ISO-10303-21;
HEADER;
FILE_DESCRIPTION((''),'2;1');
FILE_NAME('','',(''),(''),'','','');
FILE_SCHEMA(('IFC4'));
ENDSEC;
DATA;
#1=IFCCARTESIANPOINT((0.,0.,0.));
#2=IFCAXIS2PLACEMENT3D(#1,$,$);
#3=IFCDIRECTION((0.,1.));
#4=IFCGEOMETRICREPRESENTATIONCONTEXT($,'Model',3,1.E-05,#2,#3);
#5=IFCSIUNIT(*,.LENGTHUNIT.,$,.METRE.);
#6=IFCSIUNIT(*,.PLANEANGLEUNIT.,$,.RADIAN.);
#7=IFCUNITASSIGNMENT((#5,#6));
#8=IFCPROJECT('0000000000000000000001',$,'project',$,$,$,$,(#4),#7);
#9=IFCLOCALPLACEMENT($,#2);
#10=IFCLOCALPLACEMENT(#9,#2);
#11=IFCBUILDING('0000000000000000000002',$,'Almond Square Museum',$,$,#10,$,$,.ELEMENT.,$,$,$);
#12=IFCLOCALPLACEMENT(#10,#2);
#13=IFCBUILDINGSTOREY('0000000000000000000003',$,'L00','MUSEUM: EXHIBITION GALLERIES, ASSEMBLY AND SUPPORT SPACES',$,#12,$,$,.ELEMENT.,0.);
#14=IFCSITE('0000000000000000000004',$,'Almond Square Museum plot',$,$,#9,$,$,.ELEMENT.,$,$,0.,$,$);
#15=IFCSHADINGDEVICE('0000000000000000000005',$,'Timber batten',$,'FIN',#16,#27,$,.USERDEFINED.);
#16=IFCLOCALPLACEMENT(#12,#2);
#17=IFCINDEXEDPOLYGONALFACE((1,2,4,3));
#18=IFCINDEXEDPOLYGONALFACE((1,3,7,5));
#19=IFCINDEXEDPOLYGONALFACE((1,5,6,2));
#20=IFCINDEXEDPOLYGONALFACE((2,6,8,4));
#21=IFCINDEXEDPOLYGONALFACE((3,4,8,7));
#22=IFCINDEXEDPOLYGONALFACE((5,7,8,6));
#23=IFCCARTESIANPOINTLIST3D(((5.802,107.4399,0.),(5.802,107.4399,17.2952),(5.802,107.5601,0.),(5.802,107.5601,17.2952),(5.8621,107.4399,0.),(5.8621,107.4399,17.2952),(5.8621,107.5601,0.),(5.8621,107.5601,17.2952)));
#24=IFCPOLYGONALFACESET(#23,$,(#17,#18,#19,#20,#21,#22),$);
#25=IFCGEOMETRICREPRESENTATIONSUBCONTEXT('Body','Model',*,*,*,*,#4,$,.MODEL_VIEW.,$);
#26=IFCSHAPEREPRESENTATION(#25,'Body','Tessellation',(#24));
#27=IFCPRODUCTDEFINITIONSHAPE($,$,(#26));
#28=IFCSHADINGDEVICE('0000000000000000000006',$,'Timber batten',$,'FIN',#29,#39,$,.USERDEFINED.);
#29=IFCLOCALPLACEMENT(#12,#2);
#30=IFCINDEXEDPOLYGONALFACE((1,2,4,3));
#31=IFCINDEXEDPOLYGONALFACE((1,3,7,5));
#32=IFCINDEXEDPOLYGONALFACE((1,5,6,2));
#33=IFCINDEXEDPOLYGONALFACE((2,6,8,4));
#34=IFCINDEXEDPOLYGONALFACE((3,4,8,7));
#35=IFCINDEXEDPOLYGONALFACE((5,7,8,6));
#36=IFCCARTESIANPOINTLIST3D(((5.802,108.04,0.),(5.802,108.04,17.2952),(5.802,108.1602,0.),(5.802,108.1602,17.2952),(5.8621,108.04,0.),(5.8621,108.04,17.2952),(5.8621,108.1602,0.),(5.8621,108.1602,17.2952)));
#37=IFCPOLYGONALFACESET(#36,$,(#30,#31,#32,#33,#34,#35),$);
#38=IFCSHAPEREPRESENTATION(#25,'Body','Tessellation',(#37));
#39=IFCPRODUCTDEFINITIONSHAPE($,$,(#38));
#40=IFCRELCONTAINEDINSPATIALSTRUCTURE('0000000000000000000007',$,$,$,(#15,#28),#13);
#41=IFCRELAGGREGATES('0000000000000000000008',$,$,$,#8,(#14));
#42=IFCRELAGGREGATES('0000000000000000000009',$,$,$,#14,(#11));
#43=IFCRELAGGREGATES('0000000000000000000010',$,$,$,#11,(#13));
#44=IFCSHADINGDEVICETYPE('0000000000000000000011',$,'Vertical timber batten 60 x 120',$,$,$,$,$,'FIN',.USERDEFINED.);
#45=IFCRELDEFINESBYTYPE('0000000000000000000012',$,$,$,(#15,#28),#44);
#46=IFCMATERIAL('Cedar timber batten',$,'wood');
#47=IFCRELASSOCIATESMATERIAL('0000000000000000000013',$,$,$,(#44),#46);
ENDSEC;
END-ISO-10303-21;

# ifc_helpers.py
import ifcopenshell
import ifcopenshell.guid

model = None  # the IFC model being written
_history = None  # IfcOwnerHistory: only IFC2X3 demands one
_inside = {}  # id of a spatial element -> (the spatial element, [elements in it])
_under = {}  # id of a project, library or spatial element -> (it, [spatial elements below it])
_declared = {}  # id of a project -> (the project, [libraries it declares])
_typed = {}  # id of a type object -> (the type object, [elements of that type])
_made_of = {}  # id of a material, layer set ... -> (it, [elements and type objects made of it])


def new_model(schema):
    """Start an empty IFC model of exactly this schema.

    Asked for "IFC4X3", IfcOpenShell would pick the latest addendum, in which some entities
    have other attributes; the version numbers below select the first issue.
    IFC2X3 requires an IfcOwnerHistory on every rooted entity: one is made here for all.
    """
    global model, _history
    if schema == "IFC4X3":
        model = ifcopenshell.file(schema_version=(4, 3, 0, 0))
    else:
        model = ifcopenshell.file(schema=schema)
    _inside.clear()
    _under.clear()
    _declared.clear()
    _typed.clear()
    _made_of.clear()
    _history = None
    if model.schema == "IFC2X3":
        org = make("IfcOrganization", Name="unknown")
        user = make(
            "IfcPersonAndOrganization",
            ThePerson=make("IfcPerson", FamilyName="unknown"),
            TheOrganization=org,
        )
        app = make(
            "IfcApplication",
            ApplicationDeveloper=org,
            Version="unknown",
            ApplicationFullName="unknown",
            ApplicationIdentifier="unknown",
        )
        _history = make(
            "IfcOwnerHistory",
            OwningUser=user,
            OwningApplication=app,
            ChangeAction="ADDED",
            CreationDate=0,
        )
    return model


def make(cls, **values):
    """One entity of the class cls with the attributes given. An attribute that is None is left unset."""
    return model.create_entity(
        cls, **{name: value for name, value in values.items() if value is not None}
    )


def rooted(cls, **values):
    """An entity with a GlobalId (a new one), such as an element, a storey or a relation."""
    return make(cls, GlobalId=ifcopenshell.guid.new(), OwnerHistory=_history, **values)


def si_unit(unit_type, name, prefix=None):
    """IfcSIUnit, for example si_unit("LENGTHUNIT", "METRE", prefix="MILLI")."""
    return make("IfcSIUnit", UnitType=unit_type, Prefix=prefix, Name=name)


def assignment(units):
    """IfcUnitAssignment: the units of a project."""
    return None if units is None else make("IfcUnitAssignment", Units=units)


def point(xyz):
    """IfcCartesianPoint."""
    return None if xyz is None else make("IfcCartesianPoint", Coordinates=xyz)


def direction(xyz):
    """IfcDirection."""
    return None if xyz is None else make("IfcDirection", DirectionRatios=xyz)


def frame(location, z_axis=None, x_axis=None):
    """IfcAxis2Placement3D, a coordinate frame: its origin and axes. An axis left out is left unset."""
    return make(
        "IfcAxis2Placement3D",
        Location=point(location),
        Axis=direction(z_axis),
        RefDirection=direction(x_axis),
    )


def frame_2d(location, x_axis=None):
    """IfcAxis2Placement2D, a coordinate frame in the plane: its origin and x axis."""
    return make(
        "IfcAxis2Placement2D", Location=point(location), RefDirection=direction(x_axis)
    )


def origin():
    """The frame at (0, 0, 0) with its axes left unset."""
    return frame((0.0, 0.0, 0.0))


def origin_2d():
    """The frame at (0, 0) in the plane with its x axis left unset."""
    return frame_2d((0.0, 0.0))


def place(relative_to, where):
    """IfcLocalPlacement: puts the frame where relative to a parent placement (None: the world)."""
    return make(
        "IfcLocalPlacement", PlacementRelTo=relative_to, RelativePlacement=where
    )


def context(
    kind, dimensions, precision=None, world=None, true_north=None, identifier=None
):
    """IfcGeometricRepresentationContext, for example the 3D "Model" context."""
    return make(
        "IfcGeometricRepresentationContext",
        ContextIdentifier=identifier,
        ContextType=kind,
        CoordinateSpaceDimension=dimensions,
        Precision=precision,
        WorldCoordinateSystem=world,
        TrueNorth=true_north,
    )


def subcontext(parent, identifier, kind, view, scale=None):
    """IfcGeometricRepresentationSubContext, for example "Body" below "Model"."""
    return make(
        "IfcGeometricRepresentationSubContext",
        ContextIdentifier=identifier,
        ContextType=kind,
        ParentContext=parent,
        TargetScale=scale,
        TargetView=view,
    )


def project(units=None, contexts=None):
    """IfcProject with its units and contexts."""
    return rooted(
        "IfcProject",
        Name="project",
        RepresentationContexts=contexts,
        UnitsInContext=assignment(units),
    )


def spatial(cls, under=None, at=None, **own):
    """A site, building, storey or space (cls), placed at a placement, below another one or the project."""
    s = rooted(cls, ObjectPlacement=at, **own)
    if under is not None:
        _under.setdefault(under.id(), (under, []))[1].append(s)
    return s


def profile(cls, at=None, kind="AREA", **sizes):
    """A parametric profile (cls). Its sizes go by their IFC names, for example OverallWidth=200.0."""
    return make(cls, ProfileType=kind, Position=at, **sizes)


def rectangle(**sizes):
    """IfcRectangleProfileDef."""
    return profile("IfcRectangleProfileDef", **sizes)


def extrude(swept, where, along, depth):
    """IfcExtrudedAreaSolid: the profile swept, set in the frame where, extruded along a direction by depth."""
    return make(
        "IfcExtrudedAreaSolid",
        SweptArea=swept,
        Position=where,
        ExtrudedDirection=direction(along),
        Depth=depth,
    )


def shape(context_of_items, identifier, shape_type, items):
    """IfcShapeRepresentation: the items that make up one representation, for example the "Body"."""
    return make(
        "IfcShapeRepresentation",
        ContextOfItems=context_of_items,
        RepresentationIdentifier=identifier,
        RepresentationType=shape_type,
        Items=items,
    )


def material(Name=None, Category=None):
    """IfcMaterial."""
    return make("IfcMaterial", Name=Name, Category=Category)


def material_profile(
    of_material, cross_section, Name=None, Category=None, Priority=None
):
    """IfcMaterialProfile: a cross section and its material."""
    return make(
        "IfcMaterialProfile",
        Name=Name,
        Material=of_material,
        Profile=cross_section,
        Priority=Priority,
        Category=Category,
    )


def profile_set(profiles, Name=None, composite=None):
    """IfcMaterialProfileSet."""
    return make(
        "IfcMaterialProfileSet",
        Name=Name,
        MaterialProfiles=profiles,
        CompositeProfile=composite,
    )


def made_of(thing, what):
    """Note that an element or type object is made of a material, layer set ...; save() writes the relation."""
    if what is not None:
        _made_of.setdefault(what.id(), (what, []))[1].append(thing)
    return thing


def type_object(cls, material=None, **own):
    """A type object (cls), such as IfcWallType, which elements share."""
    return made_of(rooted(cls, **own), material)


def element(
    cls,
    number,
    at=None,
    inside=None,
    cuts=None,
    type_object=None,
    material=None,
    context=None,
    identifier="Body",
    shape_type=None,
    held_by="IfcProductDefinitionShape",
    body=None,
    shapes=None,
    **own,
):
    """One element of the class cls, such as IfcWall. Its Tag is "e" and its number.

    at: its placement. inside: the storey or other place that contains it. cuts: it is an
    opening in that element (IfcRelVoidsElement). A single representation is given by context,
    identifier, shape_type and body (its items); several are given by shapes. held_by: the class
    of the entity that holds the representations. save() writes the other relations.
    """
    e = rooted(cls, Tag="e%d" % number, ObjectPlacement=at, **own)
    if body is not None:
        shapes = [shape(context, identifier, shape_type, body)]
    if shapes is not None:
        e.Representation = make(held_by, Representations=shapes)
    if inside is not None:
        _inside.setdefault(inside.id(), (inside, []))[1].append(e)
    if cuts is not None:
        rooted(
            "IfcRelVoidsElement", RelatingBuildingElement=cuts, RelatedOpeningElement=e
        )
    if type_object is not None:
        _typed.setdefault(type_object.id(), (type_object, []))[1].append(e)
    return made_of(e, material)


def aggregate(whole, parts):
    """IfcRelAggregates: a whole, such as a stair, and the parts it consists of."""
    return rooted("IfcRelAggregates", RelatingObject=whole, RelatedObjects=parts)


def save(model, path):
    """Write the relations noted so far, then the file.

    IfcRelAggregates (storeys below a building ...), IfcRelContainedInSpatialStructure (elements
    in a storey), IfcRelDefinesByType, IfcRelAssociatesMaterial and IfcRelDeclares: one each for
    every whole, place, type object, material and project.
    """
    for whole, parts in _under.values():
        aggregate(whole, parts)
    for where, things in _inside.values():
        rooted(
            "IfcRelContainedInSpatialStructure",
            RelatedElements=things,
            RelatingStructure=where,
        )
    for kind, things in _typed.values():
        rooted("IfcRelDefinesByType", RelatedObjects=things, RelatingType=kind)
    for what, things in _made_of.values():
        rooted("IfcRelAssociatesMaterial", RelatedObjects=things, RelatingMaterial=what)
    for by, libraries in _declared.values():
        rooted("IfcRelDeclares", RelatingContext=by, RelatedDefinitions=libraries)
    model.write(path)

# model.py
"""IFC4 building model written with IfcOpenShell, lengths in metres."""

from ifc_helpers import new_model, si_unit, direction, frame, origin, origin_2d, place, context, subcontext, project, spatial, rectangle, extrude, material, material_profile, profile_set, type_object, element, save


model = new_model("IFC4")

# Units and contexts
model_context = context("Model", 3, precision=1e-05, world=origin(), true_north=direction((0.0, 1.0)))
body_context = subcontext(model_context, "Body", "Model", "MODEL_VIEW")
ifc_project = project(units=[si_unit("LENGTHUNIT", "METRE"), si_unit("PLANEANGLEUNIT", "RADIAN")], contexts=[model_context])

# Site, building, storey
site_placement = place(None, origin())
site = spatial("IfcSite", under=ifc_project, at=site_placement, Name="Almond Square Museum plot", CompositionType="ELEMENT", RefElevation=0.0)
building_placement = place(site_placement, origin())
building = spatial("IfcBuilding", under=site, at=building_placement, Name="Almond Square Museum", CompositionType="ELEMENT")
storey_placement = place(building_placement, origin())
storey = spatial("IfcBuildingStorey", under=building, at=storey_placement, Name="L00", Description="MUSEUM: EXHIBITION GALLERIES, ASSEMBLY AND SUPPORT SPACES", CompositionType="ELEMENT", Elevation=0.0)

# Shading devices
ifc_material_1 = material(Name="Cedar timber batten", Category="wood")
ifc_material_profile_1 = material_profile(ifc_material_1, rectangle(XDim=0.0601, YDim=0.1201, at=origin_2d()))
ifc_profile_set_1 = profile_set([ifc_material_profile_1], Name="Cedar timber batten")
shading_device_type = type_object("IfcShadingDeviceType", Name="Vertical timber batten 60 x 120", ElementType="FIN", PredefinedType="USERDEFINED", material=ifc_profile_set_1)
for number, where, z_axis, x_axis, name in (
    (1, (5.832, 107.5, 0.0), (0.0, 0.0, 1.0), (-1.0, 0.0, 0.0), "Timber batten"),
    (2, (5.832, 108.1001, 0.0), (0.0, 0.0, 1.0), (-1.0, 0.0, 0.0), "Timber batten"),
):
    element("IfcShadingDevice", number, at=place(storey_placement, frame(where, z_axis=z_axis, x_axis=x_axis)), inside=storey, type_object=shading_device_type, Name=name, ObjectType="FIN", PredefinedType="USERDEFINED", context=body_context, shape_type="SweptSolid", body=[
        extrude(rectangle(XDim=0.0601, YDim=0.1201, at=origin_2d()), origin(), (0.0, 0.0, 1.0), 17.2952),
    ])

save(model, "model.ifc")
